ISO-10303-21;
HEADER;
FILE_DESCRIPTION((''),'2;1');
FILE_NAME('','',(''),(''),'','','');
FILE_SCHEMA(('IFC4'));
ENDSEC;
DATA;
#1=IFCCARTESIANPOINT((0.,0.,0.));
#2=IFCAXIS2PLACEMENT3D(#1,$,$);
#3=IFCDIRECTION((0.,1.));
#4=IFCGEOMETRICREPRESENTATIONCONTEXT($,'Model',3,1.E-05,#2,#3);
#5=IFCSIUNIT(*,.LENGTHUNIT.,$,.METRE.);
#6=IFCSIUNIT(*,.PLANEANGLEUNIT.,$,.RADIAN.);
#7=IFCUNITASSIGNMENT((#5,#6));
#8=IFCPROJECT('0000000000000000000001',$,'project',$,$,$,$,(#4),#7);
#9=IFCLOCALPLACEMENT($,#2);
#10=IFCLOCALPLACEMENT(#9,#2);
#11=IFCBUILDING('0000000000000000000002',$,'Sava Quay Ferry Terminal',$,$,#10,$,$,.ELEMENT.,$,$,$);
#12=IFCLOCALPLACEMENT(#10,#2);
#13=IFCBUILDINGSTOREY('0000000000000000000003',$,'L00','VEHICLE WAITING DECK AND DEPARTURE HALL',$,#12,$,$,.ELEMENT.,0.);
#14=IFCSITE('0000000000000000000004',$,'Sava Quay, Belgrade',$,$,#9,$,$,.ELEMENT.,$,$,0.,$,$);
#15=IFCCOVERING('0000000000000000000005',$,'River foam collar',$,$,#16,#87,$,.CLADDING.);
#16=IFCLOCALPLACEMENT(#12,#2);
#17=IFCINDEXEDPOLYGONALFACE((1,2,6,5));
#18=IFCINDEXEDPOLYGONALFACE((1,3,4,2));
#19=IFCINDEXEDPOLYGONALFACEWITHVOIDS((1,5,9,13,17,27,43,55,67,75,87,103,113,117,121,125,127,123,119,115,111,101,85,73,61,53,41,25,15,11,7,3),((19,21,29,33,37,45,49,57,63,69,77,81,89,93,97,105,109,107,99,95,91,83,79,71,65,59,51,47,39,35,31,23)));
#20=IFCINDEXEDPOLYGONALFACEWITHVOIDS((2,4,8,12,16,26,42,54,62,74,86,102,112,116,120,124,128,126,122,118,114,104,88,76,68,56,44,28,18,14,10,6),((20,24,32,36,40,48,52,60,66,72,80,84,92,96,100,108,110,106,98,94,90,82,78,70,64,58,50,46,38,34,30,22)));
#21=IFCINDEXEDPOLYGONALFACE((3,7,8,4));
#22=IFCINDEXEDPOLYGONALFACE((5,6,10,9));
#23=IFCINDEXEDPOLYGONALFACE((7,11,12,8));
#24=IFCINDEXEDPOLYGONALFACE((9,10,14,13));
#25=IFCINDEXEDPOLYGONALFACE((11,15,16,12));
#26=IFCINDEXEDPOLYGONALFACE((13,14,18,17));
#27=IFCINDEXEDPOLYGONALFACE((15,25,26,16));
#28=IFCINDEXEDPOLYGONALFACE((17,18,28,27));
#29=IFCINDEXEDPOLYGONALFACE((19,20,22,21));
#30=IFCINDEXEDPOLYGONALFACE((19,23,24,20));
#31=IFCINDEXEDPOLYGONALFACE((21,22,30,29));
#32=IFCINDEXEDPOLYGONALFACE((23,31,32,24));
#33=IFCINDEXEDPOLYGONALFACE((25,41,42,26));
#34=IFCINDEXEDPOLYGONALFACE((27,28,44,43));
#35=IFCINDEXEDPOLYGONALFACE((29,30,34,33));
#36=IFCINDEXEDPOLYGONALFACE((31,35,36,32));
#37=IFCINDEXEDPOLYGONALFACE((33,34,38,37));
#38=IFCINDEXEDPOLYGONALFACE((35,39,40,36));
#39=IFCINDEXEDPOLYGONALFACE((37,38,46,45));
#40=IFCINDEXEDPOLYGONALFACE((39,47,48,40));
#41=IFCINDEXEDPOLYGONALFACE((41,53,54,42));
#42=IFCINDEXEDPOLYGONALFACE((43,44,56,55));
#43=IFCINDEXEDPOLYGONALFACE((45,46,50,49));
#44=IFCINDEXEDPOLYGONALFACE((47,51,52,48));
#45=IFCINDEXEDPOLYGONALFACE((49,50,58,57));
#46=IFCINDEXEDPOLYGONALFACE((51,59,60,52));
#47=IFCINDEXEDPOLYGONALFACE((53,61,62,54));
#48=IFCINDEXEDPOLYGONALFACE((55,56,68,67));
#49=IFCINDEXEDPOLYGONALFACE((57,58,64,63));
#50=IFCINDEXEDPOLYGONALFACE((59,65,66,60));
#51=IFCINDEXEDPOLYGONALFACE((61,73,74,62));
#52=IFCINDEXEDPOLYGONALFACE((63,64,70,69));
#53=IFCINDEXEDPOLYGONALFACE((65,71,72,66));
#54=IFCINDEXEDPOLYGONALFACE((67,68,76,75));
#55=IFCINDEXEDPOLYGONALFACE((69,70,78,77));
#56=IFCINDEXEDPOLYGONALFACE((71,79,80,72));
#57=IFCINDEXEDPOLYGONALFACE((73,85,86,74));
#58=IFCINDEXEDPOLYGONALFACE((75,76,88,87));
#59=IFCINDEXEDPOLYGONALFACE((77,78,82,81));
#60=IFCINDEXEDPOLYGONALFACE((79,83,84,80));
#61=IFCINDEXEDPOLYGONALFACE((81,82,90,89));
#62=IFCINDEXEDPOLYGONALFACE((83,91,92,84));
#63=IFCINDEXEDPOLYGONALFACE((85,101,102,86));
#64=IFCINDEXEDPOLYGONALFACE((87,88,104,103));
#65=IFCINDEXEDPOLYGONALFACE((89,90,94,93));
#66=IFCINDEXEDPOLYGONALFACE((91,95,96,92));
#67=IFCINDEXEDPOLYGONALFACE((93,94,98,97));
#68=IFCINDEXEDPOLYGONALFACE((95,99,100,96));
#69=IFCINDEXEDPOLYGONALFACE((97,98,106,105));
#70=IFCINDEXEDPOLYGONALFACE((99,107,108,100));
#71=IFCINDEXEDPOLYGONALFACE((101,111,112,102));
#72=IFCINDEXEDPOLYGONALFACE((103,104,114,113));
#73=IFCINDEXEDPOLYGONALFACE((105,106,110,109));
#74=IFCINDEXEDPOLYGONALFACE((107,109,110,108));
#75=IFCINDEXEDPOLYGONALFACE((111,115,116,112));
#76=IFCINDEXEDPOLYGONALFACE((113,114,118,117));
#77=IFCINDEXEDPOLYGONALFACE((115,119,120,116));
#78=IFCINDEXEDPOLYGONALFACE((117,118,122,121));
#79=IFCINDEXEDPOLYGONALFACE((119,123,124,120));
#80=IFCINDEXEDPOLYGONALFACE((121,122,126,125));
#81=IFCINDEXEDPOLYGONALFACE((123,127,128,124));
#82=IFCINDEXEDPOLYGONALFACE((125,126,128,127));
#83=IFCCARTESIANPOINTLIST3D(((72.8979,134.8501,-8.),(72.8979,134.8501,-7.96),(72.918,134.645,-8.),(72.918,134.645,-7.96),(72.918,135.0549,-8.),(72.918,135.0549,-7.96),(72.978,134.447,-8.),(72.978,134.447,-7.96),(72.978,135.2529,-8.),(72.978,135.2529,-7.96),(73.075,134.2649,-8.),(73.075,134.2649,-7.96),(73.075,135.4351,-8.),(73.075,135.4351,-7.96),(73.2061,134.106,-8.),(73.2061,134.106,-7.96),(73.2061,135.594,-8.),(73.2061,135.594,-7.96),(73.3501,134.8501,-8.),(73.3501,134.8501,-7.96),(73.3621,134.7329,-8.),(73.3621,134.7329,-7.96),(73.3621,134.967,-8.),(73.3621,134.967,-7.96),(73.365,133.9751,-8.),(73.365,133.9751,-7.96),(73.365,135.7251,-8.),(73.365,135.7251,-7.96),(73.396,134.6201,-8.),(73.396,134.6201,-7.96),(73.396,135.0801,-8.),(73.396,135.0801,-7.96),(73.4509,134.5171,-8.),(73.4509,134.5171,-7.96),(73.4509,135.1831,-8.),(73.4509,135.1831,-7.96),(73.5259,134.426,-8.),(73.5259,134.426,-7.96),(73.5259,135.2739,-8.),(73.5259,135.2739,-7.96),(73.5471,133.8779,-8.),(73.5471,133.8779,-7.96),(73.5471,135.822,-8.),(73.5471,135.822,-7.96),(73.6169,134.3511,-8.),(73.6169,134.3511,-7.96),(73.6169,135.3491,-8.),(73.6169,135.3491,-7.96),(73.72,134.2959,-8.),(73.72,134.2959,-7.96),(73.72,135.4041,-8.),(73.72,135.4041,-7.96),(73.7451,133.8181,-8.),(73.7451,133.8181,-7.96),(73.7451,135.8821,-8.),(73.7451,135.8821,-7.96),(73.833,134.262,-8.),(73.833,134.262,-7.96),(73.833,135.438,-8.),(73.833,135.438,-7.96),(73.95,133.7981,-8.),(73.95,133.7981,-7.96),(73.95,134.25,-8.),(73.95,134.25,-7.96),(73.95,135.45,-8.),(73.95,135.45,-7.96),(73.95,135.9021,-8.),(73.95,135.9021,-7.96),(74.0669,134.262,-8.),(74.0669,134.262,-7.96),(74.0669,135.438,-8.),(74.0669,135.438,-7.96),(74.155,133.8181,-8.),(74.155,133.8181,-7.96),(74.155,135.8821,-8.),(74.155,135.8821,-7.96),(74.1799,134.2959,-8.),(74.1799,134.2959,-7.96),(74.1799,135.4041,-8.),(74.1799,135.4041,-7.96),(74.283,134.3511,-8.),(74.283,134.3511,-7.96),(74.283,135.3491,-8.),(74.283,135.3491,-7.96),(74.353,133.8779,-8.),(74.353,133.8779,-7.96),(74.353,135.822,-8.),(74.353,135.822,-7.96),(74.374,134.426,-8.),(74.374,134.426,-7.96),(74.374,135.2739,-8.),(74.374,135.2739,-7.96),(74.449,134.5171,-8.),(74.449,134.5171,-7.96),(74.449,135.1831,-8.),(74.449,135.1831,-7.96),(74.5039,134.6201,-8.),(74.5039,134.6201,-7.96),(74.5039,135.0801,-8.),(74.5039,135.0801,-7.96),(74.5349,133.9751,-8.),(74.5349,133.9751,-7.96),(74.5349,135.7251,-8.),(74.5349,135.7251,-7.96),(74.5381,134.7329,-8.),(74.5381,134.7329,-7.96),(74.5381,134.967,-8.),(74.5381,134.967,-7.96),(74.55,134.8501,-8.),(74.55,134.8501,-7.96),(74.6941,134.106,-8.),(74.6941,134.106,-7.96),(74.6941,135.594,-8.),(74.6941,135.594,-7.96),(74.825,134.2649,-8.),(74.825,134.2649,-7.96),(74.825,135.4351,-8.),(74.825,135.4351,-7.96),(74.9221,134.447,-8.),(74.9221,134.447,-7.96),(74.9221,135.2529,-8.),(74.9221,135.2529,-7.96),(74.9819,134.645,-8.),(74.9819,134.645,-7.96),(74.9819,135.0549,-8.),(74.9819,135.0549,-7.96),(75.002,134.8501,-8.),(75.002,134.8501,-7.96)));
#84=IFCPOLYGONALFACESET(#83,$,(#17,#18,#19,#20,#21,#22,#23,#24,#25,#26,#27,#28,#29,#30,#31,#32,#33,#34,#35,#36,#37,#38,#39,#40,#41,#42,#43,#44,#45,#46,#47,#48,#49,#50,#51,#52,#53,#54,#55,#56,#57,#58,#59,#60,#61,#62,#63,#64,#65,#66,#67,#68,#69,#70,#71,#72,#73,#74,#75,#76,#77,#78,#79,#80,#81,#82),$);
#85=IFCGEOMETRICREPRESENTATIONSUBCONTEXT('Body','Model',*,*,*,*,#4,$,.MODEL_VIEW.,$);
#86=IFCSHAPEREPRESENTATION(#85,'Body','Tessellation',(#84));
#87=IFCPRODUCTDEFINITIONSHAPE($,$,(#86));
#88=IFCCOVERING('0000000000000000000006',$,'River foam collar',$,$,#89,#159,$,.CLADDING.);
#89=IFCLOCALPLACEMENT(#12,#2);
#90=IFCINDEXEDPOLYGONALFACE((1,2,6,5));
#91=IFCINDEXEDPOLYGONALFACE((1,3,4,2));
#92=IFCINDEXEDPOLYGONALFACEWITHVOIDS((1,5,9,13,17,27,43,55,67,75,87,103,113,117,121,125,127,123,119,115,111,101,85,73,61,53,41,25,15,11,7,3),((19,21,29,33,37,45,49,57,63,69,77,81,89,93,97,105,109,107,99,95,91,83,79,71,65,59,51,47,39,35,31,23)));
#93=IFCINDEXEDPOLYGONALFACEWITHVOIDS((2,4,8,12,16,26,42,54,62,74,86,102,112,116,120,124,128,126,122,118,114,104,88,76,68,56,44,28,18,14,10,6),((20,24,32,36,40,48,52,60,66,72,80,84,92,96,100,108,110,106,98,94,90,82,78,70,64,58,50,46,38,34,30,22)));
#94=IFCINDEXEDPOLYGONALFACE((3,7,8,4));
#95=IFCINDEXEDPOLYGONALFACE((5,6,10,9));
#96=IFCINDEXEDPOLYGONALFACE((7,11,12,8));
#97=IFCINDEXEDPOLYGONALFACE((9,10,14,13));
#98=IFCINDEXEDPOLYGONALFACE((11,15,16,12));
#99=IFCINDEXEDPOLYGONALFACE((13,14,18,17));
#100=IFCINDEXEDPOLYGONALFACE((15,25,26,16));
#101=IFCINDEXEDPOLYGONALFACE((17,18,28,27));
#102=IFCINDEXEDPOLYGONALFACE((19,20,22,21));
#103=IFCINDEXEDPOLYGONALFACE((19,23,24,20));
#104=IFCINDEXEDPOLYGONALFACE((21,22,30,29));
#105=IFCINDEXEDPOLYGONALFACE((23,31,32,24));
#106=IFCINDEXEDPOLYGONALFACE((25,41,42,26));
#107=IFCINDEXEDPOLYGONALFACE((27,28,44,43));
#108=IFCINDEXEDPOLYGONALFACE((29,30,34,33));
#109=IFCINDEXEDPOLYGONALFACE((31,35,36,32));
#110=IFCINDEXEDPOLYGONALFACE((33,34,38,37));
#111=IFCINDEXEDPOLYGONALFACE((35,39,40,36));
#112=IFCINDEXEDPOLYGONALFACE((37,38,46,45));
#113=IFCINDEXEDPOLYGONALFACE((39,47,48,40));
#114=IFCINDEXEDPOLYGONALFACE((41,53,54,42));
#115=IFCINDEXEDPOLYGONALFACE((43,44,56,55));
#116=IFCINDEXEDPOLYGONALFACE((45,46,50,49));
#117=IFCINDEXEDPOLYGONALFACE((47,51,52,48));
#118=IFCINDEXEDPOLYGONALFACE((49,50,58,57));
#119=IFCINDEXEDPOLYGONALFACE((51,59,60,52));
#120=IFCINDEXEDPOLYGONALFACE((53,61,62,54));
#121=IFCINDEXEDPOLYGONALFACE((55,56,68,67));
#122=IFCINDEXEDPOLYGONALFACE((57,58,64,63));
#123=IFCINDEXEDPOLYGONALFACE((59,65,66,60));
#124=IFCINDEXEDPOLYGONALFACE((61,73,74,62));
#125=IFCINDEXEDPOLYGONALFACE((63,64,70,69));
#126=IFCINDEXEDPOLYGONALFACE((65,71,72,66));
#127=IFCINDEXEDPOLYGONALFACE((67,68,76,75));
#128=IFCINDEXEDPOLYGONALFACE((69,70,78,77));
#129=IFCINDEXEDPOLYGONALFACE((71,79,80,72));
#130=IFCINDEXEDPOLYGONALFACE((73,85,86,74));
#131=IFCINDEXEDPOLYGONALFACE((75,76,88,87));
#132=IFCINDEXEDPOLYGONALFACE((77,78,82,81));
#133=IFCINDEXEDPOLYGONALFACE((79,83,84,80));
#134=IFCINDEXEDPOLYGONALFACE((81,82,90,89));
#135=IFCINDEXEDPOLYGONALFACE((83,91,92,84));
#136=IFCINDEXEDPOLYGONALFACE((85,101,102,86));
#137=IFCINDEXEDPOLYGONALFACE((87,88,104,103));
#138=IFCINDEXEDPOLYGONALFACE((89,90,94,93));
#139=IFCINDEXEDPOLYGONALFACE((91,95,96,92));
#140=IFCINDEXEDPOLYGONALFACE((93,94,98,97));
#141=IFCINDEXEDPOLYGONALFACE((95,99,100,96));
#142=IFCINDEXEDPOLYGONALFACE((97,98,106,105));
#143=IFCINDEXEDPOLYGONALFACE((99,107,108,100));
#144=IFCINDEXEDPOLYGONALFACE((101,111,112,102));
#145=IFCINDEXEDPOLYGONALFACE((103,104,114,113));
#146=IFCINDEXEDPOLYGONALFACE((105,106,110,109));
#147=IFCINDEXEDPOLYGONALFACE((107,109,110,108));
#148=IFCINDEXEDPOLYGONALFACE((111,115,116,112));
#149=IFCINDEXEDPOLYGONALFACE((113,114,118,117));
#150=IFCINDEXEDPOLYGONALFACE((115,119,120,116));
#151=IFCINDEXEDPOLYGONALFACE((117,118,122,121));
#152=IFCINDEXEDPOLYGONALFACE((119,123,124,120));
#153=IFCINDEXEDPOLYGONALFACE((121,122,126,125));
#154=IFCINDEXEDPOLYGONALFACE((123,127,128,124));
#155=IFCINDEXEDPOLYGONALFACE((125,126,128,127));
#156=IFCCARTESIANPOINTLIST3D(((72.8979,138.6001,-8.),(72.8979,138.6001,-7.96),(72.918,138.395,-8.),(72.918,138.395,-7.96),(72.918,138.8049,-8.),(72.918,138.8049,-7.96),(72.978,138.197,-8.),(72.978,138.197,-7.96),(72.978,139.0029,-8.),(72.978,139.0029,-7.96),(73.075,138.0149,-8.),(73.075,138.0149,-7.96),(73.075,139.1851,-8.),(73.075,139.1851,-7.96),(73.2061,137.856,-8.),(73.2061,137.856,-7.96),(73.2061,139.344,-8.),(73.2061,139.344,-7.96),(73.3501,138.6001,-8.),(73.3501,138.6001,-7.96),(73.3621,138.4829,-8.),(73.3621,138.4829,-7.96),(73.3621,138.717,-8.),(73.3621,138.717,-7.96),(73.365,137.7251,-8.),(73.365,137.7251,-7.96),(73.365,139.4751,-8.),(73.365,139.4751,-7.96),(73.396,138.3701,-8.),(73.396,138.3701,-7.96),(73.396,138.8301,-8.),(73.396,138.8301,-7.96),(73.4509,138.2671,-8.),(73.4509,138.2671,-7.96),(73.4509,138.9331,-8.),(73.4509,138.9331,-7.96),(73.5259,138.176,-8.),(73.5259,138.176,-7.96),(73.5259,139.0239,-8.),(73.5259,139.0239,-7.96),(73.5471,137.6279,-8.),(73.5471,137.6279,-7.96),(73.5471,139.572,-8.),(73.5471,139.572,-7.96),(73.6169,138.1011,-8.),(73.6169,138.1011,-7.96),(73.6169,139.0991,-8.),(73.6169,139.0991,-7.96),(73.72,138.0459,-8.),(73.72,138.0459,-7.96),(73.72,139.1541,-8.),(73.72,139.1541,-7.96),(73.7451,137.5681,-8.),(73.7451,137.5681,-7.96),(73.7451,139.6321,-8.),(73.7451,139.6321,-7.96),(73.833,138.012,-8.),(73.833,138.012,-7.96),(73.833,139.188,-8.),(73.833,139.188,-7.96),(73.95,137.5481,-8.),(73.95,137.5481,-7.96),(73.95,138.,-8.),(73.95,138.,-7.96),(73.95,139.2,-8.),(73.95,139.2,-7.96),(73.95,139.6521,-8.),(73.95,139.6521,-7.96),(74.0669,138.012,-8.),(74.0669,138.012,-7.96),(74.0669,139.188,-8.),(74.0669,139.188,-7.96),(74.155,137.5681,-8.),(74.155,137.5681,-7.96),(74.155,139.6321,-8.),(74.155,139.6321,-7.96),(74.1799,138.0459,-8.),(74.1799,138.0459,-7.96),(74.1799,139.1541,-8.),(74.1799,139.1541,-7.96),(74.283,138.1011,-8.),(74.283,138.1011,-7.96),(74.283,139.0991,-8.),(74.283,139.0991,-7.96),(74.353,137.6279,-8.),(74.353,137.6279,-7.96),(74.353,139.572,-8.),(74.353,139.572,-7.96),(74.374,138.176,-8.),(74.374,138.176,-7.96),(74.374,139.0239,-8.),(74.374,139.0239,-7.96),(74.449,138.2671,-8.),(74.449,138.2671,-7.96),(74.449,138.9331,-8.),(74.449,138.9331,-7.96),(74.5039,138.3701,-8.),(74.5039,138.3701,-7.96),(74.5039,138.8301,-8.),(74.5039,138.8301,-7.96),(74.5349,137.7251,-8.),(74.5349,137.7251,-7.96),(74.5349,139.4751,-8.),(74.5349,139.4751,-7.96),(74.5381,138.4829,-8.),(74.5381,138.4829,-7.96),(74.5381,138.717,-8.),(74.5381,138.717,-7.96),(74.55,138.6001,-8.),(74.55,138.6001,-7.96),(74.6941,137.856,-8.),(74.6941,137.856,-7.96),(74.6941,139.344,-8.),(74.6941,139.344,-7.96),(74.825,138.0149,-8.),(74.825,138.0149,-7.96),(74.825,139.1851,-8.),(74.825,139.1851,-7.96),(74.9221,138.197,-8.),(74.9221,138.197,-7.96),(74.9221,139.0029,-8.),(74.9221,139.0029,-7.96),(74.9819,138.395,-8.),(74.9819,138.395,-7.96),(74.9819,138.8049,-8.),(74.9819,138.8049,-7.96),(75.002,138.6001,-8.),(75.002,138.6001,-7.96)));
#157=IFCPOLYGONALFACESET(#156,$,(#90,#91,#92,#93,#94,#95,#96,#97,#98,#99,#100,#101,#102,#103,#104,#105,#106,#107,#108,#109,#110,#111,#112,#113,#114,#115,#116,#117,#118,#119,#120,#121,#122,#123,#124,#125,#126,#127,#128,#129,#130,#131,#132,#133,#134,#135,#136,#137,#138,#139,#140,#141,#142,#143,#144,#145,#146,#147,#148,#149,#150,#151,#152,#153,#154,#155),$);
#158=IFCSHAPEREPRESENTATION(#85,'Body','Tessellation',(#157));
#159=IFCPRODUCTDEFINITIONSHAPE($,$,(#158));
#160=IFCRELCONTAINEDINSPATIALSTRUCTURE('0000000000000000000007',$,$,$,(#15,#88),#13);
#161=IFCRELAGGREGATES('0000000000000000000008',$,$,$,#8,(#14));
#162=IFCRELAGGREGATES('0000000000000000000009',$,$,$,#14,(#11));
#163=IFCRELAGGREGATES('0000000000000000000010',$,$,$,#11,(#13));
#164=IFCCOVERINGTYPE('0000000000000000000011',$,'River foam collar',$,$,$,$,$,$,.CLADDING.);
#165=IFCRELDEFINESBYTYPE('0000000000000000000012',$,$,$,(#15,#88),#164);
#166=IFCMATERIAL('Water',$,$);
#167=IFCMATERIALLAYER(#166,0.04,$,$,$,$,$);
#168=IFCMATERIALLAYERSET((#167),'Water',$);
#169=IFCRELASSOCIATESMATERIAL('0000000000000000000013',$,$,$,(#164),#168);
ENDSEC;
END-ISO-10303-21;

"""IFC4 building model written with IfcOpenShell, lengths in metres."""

from ifc_helpers import new_model, si_unit, direction, frame, origin, place, context, subcontext, project, spatial, polyline, outline, extrude, material, layer, layer_set, type_object, element, save


model = new_model("IFC4")

# Units and contexts
model_context = context("Model", 3, precision=1e-05, world=origin(), true_north=direction((0.0, 1.0)))
body_context = subcontext(model_context, "Body", "Model", "MODEL_VIEW")
ifc_project = project(units=[si_unit("LENGTHUNIT", "METRE"), si_unit("PLANEANGLEUNIT", "RADIAN")], contexts=[model_context])

# Site, building, storey
site_placement = place(None, origin())
site = spatial("IfcSite", under=ifc_project, at=site_placement, Name="Sava Quay, Belgrade", CompositionType="ELEMENT", RefElevation=0.0)
building_placement = place(site_placement, origin())
building = spatial("IfcBuilding", under=site, at=building_placement, Name="Sava Quay Ferry Terminal", CompositionType="ELEMENT")
storey_placement = place(building_placement, origin())
storey = spatial("IfcBuildingStorey", under=building, at=storey_placement, Name="L00", Description="VEHICLE WAITING DECK AND DEPARTURE HALL", CompositionType="ELEMENT", Elevation=0.0)

# Coverings
ifc_material = material(Name="Water")
ifc_layer = layer(ifc_material, 0.04)
ifc_layer_set = layer_set([ifc_layer], Name="Water")
covering_type = type_object("IfcCoveringType", Name="River foam collar", PredefinedType="CLADDING", material=ifc_layer_set)
covering_1_placement = place(storey_placement, frame((0.0, 0.0, -8.0)))
element("IfcCovering", 1, at=covering_1_placement, inside=storey, type_object=covering_type, Name="River foam collar", PredefinedType="CLADDING", context=body_context, shape_type="SweptSolid", body=[
    extrude(outline(polyline([(74.6941, 135.594), (74.5349, 135.7251), (74.353, 135.822), (74.155, 135.8821), (73.95, 135.9021), (73.7451, 135.8821), (73.5471, 135.822), (73.365, 135.7251), (73.2061, 135.594), (73.075, 135.4351), (72.978, 135.2529), (72.918, 135.0549), (72.8979, 134.8501), (72.918, 134.645), (72.978, 134.447), (73.075, 134.2649), (73.2061, 134.106), (73.365, 133.9751), (73.5471, 133.8779), (73.7451, 133.8181), (73.95, 133.7981), (74.155, 133.8181), (74.353, 133.8779), (74.5349, 133.9751), (74.6941, 134.106), (74.825, 134.2649), (74.9221, 134.447), (74.9819, 134.645), (75.002, 134.8501), (74.9819, 135.0549), (74.9221, 135.2529), (74.825, 135.4351), (74.6941, 135.594)]), holes=[polyline([(74.374, 134.426), (74.283, 134.3511), (74.1799, 134.2959), (74.0669, 134.262), (73.95, 134.25), (73.833, 134.262), (73.72, 134.2959), (73.6169, 134.3511), (73.5259, 134.426), (73.4509, 134.5171), (73.396, 134.6201), (73.3621, 134.7329), (73.3501, 134.8501), (73.3621, 134.967), (73.396, 135.0801), (73.4509, 135.1831), (73.5259, 135.2739), (73.6169, 135.3491), (73.72, 135.4041), (73.833, 135.438), (73.95, 135.45), (74.0669, 135.438), (74.1799, 135.4041), (74.283, 135.3491), (74.374, 135.2739), (74.449, 135.1831), (74.5039, 135.0801), (74.5381, 134.967), (74.55, 134.8501), (74.5381, 134.7329), (74.5039, 134.6201), (74.449, 134.5171), (74.374, 134.426)])]), origin(), (0.0, 0.0, 1.0), 0.04),
])
covering_2_placement = place(storey_placement, frame((0.0, 0.0, -8.0)))
element("IfcCovering", 2, at=covering_2_placement, inside=storey, type_object=covering_type, Name="River foam collar", PredefinedType="CLADDING", context=body_context, shape_type="SweptSolid", body=[
    extrude(outline(polyline([(74.825, 139.1851), (74.6941, 139.344), (74.5349, 139.4751), (74.353, 139.572), (74.155, 139.6321), (73.95, 139.6521), (73.7451, 139.6321), (73.5471, 139.572), (73.365, 139.4751), (73.2061, 139.344), (73.075, 139.1851), (72.978, 139.0029), (72.918, 138.8049), (72.8979, 138.6001), (72.918, 138.395), (72.978, 138.197), (73.075, 138.0149), (73.2061, 137.856), (73.365, 137.7251), (73.5471, 137.6279), (73.7451, 137.5681), (73.95, 137.5481), (74.155, 137.5681), (74.353, 137.6279), (74.5349, 137.7251), (74.6941, 137.856), (74.825, 138.0149), (74.9221, 138.197), (74.9819, 138.395), (75.002, 138.6001), (74.9819, 138.8049), (74.9221, 139.0029), (74.825, 139.1851)]), holes=[polyline([(74.449, 138.2671), (74.374, 138.176), (74.283, 138.1011), (74.1799, 138.0459), (74.0669, 138.012), (73.95, 138.0), (73.833, 138.012), (73.72, 138.0459), (73.6169, 138.1011), (73.5259, 138.176), (73.4509, 138.2671), (73.396, 138.3701), (73.3621, 138.4829), (73.3501, 138.6001), (73.3621, 138.717), (73.396, 138.8301), (73.4509, 138.9331), (73.5259, 139.0239), (73.6169, 139.0991), (73.72, 139.1541), (73.833, 139.188), (73.95, 139.2), (74.0669, 139.188), (74.1799, 139.1541), (74.283, 139.0991), (74.374, 139.0239), (74.449, 138.9331), (74.5039, 138.8301), (74.5381, 138.717), (74.55, 138.6001), (74.5381, 138.4829), (74.5039, 138.3701), (74.449, 138.2671)])]), origin(), (0.0, 0.0, 1.0), 0.04),
])

save(model, "model.ifc")
